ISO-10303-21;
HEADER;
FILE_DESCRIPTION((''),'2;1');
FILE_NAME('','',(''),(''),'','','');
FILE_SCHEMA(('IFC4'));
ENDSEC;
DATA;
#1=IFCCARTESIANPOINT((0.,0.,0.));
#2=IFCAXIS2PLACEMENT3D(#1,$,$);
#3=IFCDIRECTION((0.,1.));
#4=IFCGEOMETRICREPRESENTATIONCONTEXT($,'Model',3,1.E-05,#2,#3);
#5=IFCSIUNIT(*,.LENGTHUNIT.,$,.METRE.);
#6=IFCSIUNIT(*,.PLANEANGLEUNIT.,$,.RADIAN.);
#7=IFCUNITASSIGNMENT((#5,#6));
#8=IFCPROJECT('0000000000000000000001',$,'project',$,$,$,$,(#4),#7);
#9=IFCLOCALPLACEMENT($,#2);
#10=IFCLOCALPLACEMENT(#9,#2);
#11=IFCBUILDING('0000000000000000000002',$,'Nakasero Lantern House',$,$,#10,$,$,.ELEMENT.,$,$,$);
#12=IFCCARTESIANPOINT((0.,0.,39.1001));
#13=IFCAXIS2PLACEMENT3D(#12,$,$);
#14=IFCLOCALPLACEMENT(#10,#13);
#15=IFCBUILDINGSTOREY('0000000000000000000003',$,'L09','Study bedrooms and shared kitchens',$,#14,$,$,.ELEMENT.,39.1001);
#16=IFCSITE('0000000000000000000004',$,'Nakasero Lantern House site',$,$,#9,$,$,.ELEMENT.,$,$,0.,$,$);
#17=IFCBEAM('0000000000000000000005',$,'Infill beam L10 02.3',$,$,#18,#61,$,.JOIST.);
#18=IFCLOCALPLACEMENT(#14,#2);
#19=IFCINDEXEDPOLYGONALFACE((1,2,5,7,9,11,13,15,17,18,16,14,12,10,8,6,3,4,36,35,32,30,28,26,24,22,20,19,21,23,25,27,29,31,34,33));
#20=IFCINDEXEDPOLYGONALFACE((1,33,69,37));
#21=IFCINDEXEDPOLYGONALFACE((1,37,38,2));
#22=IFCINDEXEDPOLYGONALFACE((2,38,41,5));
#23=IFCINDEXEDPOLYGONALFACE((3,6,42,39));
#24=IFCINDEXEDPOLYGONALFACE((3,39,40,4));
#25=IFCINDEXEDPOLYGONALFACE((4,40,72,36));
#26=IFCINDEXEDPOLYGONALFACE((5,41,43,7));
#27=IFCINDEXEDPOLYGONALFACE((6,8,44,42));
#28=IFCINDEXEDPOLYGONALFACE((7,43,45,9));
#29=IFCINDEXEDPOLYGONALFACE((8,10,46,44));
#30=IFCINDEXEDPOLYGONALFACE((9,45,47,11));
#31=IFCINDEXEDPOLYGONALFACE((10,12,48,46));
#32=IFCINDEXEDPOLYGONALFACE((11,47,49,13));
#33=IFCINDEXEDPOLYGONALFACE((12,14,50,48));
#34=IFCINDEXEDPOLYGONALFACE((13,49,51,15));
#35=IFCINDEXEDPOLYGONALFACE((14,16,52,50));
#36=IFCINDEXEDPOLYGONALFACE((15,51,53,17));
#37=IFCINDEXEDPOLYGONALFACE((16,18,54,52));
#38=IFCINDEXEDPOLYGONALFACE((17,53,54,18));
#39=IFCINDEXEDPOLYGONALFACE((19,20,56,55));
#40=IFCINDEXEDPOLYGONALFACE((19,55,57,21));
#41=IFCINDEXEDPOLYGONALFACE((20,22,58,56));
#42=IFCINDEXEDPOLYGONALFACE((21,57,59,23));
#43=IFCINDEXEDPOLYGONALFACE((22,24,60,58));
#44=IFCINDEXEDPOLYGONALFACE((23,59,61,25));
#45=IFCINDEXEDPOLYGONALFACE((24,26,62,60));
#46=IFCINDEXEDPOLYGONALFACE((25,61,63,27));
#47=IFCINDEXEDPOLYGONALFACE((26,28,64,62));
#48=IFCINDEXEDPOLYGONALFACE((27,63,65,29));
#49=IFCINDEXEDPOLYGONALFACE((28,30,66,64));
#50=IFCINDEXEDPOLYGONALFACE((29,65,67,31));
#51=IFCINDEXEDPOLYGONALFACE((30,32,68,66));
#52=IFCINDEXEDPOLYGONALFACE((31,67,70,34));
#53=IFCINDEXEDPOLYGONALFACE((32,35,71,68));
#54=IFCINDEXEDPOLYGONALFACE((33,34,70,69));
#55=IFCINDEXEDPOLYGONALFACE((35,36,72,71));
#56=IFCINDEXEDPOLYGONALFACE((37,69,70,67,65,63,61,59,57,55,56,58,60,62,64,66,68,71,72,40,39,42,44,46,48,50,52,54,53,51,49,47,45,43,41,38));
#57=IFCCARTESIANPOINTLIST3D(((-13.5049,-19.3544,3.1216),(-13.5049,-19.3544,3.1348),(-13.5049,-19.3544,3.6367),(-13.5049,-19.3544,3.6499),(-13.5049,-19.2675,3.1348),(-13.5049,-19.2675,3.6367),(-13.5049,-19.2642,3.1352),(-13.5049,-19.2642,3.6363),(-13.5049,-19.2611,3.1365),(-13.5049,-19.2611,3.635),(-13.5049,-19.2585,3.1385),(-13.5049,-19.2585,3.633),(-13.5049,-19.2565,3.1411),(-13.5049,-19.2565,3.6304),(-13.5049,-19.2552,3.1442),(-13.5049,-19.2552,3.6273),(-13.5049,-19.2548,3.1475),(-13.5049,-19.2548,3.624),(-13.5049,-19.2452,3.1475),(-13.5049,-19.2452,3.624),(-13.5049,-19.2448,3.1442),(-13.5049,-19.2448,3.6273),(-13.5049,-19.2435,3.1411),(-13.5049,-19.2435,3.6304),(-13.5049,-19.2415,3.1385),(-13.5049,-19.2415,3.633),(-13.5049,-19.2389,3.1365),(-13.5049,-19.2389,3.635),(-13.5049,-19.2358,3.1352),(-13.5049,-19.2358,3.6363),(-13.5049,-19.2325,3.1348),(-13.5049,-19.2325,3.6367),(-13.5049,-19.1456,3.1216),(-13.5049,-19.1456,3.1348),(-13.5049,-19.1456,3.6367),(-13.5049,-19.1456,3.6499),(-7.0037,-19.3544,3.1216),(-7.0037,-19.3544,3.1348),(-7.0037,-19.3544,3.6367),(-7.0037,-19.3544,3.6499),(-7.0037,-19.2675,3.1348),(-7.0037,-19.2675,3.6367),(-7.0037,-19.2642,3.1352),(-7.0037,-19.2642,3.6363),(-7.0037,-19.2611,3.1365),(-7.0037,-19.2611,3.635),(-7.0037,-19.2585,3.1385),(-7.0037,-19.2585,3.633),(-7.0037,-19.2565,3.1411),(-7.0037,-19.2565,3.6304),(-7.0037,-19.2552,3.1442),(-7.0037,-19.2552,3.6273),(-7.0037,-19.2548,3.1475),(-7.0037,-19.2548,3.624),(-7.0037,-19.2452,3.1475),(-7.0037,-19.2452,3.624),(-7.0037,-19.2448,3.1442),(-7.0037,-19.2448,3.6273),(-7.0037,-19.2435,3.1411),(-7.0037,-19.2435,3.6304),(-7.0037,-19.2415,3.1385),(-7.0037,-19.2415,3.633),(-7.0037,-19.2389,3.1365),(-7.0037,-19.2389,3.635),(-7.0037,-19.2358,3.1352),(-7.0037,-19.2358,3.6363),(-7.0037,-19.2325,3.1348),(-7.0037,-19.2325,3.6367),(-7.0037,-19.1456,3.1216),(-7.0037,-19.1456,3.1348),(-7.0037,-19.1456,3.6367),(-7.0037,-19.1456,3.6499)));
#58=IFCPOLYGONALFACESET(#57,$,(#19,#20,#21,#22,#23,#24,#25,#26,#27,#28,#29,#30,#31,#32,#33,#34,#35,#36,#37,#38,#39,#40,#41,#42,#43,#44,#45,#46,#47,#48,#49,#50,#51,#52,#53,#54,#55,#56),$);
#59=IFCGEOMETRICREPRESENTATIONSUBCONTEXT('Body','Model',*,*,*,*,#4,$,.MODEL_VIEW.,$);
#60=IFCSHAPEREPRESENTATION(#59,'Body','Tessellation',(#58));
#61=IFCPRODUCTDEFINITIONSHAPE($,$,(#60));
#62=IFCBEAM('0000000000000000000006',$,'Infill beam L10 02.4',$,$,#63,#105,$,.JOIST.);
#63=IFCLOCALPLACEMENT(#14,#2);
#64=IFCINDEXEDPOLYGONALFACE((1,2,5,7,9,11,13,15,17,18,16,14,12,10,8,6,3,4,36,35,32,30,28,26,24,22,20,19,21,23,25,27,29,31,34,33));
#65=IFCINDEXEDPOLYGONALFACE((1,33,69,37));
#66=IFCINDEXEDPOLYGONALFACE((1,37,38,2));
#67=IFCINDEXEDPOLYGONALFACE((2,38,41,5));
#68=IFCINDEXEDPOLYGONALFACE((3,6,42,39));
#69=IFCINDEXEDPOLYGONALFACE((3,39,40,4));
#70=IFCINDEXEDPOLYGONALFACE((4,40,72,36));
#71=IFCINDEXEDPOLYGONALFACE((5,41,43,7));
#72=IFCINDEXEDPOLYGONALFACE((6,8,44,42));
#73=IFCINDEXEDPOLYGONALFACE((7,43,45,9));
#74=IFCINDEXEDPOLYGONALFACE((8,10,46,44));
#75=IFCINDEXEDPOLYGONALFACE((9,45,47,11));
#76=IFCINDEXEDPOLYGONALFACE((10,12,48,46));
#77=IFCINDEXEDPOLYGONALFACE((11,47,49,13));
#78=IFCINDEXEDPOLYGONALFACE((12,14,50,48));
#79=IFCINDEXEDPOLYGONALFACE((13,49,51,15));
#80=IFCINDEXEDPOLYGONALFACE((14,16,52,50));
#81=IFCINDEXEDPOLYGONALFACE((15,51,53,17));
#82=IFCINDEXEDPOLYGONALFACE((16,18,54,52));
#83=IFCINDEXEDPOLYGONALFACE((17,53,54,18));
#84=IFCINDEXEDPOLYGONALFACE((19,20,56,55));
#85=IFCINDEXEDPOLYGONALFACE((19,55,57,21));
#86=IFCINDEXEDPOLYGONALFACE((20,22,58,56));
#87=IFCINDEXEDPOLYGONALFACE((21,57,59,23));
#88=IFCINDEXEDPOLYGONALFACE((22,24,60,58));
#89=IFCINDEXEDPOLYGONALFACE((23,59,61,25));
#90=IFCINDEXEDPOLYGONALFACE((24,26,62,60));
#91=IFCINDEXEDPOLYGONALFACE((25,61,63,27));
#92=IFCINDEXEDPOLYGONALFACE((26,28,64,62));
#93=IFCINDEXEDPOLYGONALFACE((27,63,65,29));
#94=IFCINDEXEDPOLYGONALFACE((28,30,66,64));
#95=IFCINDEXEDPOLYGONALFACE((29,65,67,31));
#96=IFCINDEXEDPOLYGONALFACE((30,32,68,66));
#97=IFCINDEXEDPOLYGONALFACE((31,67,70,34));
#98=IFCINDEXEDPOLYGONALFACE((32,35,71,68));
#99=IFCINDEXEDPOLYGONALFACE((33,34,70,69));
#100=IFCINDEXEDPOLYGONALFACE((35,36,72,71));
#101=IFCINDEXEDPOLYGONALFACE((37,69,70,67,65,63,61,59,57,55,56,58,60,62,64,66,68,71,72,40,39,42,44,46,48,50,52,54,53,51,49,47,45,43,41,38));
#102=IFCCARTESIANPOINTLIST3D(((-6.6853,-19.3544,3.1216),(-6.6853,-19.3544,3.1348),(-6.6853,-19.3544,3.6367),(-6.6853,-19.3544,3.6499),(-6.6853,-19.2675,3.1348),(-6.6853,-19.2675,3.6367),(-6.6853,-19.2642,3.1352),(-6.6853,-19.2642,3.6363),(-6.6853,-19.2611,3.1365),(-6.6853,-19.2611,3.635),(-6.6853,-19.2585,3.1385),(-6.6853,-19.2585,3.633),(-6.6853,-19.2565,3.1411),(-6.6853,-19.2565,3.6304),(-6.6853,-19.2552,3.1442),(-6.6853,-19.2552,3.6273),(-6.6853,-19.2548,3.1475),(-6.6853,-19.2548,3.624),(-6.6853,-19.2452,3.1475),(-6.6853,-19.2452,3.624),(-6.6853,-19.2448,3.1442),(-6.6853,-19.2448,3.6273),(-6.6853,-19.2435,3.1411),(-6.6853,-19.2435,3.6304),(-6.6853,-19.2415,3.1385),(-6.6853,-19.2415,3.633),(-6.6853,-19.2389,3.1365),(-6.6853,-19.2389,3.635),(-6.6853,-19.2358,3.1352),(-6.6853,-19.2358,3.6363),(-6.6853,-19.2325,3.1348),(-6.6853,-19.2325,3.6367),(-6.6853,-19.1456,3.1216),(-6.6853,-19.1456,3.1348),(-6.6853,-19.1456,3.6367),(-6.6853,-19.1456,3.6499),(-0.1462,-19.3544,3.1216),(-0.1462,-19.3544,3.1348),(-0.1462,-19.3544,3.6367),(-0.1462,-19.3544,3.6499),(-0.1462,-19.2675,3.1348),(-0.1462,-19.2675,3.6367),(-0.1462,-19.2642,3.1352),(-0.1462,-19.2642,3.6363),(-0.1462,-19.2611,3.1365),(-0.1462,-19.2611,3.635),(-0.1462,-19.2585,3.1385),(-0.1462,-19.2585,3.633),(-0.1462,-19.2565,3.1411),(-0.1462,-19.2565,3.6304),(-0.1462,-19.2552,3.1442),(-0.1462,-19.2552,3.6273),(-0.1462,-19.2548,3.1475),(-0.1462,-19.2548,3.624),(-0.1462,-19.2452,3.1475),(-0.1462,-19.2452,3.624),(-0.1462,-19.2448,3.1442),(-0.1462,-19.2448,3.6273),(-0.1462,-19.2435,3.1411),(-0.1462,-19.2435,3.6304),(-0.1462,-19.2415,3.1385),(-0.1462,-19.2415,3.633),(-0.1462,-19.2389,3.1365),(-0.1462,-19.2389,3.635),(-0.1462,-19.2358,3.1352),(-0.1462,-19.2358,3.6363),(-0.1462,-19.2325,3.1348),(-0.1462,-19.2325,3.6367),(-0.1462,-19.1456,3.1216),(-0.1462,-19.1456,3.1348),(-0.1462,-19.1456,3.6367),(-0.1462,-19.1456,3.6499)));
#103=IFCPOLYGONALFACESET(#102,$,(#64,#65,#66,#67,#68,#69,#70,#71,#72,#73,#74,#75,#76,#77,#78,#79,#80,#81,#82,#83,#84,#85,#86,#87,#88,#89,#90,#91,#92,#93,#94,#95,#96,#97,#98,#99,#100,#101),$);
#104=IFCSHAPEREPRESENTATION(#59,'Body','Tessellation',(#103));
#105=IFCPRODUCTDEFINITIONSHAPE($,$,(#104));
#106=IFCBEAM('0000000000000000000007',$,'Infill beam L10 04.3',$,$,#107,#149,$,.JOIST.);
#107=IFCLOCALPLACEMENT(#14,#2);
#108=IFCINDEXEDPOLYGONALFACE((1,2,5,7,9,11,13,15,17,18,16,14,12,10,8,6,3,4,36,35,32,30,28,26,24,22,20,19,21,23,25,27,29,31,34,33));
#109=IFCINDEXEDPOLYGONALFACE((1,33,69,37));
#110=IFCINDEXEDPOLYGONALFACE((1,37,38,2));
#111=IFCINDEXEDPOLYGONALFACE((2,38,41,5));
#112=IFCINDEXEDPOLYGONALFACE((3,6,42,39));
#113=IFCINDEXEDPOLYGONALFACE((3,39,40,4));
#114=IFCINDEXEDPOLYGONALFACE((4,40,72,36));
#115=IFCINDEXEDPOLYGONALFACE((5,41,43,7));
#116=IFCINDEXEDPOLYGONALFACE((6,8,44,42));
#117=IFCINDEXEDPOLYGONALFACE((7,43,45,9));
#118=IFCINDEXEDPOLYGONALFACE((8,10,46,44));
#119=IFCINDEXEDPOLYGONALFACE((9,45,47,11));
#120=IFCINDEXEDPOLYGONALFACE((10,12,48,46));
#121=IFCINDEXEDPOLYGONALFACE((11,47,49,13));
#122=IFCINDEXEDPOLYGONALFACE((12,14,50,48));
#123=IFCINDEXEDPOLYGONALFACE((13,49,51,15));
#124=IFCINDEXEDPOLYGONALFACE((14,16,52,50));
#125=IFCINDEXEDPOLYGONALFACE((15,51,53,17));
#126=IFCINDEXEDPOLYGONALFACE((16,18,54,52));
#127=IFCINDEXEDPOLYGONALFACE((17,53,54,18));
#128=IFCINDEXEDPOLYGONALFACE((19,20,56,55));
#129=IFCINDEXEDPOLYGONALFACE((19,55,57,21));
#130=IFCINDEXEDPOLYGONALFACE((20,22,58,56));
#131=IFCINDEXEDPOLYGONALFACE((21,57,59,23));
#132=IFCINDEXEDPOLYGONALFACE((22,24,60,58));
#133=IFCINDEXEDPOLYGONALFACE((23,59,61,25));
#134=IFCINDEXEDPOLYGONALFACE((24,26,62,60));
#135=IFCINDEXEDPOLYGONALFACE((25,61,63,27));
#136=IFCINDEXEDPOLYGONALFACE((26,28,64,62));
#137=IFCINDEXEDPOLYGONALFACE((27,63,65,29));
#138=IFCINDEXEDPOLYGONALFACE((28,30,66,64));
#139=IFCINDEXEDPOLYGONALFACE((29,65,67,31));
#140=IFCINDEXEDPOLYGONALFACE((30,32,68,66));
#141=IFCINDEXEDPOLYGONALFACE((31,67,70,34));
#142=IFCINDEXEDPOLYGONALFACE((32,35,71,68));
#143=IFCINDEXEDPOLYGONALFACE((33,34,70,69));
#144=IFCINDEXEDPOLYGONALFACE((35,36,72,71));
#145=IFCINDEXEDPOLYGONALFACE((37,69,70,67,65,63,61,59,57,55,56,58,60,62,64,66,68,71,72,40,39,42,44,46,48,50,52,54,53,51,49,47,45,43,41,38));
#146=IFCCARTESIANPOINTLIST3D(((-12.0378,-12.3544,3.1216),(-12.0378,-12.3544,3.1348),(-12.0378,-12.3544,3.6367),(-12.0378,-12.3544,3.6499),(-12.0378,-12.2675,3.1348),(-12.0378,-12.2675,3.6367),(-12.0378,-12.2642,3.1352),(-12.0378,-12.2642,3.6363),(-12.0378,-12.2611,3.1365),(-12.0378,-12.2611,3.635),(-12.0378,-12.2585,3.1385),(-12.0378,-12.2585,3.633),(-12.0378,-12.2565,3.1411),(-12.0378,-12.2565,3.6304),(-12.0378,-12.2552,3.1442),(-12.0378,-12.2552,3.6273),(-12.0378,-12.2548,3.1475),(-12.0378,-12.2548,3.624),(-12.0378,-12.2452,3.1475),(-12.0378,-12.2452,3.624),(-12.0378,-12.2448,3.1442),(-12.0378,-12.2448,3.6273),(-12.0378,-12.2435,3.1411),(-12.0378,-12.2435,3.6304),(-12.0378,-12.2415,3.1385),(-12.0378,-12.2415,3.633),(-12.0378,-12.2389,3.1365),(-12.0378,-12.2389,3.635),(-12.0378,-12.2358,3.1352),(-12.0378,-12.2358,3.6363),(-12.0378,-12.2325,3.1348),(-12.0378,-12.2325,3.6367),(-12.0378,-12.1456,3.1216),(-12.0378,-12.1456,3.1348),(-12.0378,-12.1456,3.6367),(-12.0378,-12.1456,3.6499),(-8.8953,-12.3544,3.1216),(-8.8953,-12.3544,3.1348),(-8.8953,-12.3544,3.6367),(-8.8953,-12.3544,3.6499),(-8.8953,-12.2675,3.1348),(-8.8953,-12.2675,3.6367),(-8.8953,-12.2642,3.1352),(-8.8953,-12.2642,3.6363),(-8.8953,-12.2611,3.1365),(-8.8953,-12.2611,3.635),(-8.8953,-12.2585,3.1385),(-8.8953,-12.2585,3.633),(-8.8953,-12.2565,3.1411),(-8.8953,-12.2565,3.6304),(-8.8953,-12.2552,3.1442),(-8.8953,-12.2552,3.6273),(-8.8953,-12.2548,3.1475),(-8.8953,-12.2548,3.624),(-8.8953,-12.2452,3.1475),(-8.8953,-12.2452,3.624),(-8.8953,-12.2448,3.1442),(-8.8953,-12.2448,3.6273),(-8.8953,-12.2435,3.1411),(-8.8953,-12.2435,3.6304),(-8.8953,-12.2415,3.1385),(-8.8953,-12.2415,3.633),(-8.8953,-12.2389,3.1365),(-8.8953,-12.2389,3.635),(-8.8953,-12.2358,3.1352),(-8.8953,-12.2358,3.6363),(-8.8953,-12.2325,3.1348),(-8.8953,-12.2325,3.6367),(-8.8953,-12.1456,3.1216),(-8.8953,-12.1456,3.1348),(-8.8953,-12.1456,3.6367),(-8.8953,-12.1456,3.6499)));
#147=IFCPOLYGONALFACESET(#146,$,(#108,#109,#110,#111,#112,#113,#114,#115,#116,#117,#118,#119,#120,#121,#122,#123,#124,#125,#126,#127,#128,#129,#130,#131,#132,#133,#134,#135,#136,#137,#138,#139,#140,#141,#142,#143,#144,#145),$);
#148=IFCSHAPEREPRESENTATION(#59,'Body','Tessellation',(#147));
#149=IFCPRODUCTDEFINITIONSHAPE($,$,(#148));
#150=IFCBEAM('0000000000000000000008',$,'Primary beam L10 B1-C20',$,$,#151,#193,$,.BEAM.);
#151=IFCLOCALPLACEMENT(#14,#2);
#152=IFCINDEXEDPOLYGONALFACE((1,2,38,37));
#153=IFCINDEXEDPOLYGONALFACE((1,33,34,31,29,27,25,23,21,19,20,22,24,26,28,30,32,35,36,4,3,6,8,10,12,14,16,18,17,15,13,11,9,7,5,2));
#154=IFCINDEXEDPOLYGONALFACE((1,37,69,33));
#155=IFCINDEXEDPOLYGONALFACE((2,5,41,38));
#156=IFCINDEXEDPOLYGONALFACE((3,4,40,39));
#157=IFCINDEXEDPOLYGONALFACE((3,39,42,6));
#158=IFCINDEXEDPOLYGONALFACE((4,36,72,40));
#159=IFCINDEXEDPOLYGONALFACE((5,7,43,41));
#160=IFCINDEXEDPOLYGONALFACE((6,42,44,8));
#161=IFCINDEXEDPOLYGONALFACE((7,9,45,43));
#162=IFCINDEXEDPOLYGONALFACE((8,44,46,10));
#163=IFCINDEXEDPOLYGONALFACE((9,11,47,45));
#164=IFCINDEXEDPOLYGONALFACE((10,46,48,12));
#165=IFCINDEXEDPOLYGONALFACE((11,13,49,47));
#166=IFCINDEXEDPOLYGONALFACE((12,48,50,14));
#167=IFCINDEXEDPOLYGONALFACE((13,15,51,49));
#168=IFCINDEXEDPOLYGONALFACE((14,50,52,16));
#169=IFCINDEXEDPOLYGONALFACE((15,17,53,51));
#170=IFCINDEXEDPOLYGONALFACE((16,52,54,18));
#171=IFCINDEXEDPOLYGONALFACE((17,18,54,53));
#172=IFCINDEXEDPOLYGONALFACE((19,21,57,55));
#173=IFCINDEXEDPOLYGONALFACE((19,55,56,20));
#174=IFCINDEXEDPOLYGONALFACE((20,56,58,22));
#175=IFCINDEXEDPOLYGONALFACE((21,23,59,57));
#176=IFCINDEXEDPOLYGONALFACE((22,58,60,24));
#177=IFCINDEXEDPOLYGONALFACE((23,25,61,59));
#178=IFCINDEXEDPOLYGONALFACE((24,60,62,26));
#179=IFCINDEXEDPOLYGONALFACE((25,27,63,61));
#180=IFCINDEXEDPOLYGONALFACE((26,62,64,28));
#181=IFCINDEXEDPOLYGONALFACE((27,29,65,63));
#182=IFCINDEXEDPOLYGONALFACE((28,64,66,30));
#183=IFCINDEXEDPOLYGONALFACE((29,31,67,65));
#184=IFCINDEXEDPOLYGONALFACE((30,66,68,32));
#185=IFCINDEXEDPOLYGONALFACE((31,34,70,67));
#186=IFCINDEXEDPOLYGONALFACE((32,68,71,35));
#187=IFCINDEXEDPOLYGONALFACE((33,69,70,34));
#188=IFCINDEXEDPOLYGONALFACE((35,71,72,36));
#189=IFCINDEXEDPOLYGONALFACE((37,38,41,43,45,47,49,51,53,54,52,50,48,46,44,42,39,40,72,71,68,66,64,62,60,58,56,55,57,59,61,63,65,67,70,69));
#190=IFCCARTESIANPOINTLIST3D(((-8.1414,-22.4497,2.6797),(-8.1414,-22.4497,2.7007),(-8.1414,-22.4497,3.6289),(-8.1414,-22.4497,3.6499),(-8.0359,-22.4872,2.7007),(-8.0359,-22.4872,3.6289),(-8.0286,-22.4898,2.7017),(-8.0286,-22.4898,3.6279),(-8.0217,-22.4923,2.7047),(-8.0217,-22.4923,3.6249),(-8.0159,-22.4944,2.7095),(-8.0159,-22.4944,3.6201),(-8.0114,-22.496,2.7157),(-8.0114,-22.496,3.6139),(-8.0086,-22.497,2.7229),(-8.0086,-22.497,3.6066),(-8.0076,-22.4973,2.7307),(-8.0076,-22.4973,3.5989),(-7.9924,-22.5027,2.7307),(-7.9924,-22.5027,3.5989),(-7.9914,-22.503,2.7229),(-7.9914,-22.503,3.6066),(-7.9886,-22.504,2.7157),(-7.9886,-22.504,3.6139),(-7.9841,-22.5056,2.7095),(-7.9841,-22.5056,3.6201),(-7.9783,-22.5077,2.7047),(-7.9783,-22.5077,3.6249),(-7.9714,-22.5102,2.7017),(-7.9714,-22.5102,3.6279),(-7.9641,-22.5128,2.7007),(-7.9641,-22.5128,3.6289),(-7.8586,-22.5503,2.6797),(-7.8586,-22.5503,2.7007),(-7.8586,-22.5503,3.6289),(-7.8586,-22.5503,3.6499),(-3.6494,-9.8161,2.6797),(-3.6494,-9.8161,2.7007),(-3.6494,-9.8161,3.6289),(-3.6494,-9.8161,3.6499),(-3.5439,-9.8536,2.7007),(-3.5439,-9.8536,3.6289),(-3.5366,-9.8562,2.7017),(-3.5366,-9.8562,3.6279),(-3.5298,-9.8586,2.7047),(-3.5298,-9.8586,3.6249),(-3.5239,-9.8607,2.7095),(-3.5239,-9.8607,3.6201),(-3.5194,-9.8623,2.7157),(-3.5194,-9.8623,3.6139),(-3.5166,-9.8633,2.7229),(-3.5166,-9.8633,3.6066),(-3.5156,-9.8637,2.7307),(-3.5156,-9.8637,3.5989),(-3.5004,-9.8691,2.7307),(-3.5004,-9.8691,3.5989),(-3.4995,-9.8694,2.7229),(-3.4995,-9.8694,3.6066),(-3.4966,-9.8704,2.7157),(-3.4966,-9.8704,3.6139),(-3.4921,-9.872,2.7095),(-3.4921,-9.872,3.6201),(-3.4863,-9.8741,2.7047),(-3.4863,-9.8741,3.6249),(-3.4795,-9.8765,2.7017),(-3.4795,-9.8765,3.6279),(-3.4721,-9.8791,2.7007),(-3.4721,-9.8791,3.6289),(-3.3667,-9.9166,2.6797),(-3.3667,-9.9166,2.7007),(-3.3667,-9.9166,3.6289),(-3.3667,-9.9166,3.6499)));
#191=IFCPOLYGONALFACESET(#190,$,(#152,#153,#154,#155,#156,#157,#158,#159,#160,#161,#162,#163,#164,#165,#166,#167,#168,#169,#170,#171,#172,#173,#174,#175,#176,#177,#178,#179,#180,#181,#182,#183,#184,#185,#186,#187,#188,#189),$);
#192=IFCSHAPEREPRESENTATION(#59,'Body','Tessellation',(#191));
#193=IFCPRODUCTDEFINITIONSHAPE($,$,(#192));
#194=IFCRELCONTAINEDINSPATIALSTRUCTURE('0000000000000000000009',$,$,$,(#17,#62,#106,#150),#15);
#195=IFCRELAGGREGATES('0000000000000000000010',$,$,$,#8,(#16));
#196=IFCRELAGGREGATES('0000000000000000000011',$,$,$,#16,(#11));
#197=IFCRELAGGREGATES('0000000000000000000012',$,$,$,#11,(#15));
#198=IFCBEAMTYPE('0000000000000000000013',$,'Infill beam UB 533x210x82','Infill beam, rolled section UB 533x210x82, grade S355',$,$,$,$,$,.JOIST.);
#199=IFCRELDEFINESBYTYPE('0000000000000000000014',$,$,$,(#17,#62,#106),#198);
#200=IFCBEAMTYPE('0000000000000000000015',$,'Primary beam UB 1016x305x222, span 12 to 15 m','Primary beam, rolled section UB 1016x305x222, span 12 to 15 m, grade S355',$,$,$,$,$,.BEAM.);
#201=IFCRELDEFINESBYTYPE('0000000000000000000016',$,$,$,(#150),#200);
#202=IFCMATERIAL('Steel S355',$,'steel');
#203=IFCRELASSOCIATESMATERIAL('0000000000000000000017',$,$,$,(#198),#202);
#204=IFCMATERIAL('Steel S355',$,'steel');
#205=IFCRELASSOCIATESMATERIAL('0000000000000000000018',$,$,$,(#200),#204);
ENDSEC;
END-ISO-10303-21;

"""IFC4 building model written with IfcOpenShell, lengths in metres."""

from ifc_helpers import new_model, si_unit, direction, frame, origin, origin_2d, place, context, subcontext, project, spatial, i_section, extrude, material, material_profile, profile_set, type_object, element, save


model = new_model("IFC4")

# Units and contexts
model_context = context("Model", 3, precision=1e-05, world=origin(), true_north=direction((0.0, 1.0)))
body_context = subcontext(model_context, "Body", "Model", "MODEL_VIEW")
ifc_project = project(units=[si_unit("LENGTHUNIT", "METRE"), si_unit("PLANEANGLEUNIT", "RADIAN")], contexts=[model_context])

# Site, building, storey
site_placement = place(None, origin())
site = spatial("IfcSite", under=ifc_project, at=site_placement, Name="Nakasero Lantern House site", CompositionType="ELEMENT", RefElevation=0.0)
building_placement = place(site_placement, origin())
building = spatial("IfcBuilding", under=site, at=building_placement, Name="Nakasero Lantern House", CompositionType="ELEMENT")
storey_placement = place(building_placement, frame((0.0, 0.0, 39.1001)))
storey = spatial("IfcBuildingStorey", under=building, at=storey_placement, Name="L09", Description="Study bedrooms and shared kitchens", CompositionType="ELEMENT", Elevation=39.1001)

# Beams
ifc_material_1 = material(Name="Steel S355", Category="steel")
ifc_material_profile_1 = material_profile(ifc_material_1, i_section(OverallWidth=0.2087, OverallDepth=0.5283, WebThickness=0.0095, FlangeThickness=0.0132, FilletRadius=0.0127, at=origin_2d()), Name="UB 533x210x82")
ifc_profile_set_1 = profile_set([ifc_material_profile_1], Name="Steel S355")
beam_type_1 = type_object("IfcBeamType", Name="Infill beam UB 533x210x82", Description="Infill beam, rolled section UB 533x210x82, grade S355", PredefinedType="JOIST", material=ifc_profile_set_1)
beam_1_placement = place(storey_placement, frame((-13.5049, -19.25, 3.3857), z_axis=(1.0, 0.0, 0.0), x_axis=(0.0, 1.0, 0.0)))
element("IfcBeam", 1, at=beam_1_placement, inside=storey, type_object=beam_type_1, Name="Infill beam L10 02.3", PredefinedType="JOIST", context=body_context, shape_type="SweptSolid", body=[
    extrude(i_section(OverallWidth=0.2087, OverallDepth=0.5283, WebThickness=0.0095, FlangeThickness=0.0132, FilletRadius=0.0127, at=origin_2d()), origin(), (0.0, 0.0, 1.0), 6.5012),
])
beam_2_placement = place(storey_placement, frame((-6.6853, -19.25, 3.3857), z_axis=(1.0, 0.0, 0.0), x_axis=(0.0, 1.0, 0.0)))
element("IfcBeam", 2, at=beam_2_placement, inside=storey, type_object=beam_type_1, Name="Infill beam L10 02.4", PredefinedType="JOIST", context=body_context, shape_type="SweptSolid", body=[
    extrude(i_section(OverallWidth=0.2087, OverallDepth=0.5283, WebThickness=0.0095, FlangeThickness=0.0132, FilletRadius=0.0127, at=origin_2d()), origin(), (0.0, 0.0, 1.0), 6.5391),
])
beam_3_placement = place(storey_placement, frame((-12.0378, -12.25, 3.3857), z_axis=(1.0, 0.0, 0.0), x_axis=(0.0, 1.0, 0.0)))
element("IfcBeam", 3, at=beam_3_placement, inside=storey, type_object=beam_type_1, Name="Infill beam L10 04.3", PredefinedType="JOIST", context=body_context, shape_type="SweptSolid", body=[
    extrude(i_section(OverallWidth=0.2087, OverallDepth=0.5283, WebThickness=0.0095, FlangeThickness=0.0132, FilletRadius=0.0127, at=origin_2d()), origin(), (0.0, 0.0, 1.0), 3.1426),
])
ifc_material_2 = material(Name="Steel S355", Category="steel")
ifc_material_profile_2 = material_profile(ifc_material_2, i_section(OverallWidth=0.3, OverallDepth=0.9702, WebThickness=0.0161, FlangeThickness=0.021, FilletRadius=0.03, at=origin_2d()), Name="UB 1016x305x222")
ifc_profile_set_2 = profile_set([ifc_material_profile_2], Name="Steel S355")
beam_type_2 = type_object("IfcBeamType", Name="Primary beam UB 1016x305x222, span 12 to 15 m", Description="Primary beam, rolled section UB 1016x305x222, span 12 to 15 m, grade S355", PredefinedType="BEAM", material=ifc_profile_set_2)
beam_4_placement = place(storey_placement, frame((-8.0, -22.5, 3.1648), z_axis=(0.335011, 0.942214, 0.0), x_axis=(-0.942214, 0.335011, 0.0)))
element("IfcBeam", 4, at=beam_4_placement, inside=storey, type_object=beam_type_2, Name="Primary beam L10 B1-C20", PredefinedType="BEAM", context=body_context, shape_type="SweptSolid", body=[
    extrude(i_section(OverallWidth=0.3, OverallDepth=0.9702, WebThickness=0.0161, FlangeThickness=0.021, FilletRadius=0.03, at=origin_2d()), origin(), (0.0, 0.0, 1.0), 13.4084),
])

save(model, "model.ifc")
